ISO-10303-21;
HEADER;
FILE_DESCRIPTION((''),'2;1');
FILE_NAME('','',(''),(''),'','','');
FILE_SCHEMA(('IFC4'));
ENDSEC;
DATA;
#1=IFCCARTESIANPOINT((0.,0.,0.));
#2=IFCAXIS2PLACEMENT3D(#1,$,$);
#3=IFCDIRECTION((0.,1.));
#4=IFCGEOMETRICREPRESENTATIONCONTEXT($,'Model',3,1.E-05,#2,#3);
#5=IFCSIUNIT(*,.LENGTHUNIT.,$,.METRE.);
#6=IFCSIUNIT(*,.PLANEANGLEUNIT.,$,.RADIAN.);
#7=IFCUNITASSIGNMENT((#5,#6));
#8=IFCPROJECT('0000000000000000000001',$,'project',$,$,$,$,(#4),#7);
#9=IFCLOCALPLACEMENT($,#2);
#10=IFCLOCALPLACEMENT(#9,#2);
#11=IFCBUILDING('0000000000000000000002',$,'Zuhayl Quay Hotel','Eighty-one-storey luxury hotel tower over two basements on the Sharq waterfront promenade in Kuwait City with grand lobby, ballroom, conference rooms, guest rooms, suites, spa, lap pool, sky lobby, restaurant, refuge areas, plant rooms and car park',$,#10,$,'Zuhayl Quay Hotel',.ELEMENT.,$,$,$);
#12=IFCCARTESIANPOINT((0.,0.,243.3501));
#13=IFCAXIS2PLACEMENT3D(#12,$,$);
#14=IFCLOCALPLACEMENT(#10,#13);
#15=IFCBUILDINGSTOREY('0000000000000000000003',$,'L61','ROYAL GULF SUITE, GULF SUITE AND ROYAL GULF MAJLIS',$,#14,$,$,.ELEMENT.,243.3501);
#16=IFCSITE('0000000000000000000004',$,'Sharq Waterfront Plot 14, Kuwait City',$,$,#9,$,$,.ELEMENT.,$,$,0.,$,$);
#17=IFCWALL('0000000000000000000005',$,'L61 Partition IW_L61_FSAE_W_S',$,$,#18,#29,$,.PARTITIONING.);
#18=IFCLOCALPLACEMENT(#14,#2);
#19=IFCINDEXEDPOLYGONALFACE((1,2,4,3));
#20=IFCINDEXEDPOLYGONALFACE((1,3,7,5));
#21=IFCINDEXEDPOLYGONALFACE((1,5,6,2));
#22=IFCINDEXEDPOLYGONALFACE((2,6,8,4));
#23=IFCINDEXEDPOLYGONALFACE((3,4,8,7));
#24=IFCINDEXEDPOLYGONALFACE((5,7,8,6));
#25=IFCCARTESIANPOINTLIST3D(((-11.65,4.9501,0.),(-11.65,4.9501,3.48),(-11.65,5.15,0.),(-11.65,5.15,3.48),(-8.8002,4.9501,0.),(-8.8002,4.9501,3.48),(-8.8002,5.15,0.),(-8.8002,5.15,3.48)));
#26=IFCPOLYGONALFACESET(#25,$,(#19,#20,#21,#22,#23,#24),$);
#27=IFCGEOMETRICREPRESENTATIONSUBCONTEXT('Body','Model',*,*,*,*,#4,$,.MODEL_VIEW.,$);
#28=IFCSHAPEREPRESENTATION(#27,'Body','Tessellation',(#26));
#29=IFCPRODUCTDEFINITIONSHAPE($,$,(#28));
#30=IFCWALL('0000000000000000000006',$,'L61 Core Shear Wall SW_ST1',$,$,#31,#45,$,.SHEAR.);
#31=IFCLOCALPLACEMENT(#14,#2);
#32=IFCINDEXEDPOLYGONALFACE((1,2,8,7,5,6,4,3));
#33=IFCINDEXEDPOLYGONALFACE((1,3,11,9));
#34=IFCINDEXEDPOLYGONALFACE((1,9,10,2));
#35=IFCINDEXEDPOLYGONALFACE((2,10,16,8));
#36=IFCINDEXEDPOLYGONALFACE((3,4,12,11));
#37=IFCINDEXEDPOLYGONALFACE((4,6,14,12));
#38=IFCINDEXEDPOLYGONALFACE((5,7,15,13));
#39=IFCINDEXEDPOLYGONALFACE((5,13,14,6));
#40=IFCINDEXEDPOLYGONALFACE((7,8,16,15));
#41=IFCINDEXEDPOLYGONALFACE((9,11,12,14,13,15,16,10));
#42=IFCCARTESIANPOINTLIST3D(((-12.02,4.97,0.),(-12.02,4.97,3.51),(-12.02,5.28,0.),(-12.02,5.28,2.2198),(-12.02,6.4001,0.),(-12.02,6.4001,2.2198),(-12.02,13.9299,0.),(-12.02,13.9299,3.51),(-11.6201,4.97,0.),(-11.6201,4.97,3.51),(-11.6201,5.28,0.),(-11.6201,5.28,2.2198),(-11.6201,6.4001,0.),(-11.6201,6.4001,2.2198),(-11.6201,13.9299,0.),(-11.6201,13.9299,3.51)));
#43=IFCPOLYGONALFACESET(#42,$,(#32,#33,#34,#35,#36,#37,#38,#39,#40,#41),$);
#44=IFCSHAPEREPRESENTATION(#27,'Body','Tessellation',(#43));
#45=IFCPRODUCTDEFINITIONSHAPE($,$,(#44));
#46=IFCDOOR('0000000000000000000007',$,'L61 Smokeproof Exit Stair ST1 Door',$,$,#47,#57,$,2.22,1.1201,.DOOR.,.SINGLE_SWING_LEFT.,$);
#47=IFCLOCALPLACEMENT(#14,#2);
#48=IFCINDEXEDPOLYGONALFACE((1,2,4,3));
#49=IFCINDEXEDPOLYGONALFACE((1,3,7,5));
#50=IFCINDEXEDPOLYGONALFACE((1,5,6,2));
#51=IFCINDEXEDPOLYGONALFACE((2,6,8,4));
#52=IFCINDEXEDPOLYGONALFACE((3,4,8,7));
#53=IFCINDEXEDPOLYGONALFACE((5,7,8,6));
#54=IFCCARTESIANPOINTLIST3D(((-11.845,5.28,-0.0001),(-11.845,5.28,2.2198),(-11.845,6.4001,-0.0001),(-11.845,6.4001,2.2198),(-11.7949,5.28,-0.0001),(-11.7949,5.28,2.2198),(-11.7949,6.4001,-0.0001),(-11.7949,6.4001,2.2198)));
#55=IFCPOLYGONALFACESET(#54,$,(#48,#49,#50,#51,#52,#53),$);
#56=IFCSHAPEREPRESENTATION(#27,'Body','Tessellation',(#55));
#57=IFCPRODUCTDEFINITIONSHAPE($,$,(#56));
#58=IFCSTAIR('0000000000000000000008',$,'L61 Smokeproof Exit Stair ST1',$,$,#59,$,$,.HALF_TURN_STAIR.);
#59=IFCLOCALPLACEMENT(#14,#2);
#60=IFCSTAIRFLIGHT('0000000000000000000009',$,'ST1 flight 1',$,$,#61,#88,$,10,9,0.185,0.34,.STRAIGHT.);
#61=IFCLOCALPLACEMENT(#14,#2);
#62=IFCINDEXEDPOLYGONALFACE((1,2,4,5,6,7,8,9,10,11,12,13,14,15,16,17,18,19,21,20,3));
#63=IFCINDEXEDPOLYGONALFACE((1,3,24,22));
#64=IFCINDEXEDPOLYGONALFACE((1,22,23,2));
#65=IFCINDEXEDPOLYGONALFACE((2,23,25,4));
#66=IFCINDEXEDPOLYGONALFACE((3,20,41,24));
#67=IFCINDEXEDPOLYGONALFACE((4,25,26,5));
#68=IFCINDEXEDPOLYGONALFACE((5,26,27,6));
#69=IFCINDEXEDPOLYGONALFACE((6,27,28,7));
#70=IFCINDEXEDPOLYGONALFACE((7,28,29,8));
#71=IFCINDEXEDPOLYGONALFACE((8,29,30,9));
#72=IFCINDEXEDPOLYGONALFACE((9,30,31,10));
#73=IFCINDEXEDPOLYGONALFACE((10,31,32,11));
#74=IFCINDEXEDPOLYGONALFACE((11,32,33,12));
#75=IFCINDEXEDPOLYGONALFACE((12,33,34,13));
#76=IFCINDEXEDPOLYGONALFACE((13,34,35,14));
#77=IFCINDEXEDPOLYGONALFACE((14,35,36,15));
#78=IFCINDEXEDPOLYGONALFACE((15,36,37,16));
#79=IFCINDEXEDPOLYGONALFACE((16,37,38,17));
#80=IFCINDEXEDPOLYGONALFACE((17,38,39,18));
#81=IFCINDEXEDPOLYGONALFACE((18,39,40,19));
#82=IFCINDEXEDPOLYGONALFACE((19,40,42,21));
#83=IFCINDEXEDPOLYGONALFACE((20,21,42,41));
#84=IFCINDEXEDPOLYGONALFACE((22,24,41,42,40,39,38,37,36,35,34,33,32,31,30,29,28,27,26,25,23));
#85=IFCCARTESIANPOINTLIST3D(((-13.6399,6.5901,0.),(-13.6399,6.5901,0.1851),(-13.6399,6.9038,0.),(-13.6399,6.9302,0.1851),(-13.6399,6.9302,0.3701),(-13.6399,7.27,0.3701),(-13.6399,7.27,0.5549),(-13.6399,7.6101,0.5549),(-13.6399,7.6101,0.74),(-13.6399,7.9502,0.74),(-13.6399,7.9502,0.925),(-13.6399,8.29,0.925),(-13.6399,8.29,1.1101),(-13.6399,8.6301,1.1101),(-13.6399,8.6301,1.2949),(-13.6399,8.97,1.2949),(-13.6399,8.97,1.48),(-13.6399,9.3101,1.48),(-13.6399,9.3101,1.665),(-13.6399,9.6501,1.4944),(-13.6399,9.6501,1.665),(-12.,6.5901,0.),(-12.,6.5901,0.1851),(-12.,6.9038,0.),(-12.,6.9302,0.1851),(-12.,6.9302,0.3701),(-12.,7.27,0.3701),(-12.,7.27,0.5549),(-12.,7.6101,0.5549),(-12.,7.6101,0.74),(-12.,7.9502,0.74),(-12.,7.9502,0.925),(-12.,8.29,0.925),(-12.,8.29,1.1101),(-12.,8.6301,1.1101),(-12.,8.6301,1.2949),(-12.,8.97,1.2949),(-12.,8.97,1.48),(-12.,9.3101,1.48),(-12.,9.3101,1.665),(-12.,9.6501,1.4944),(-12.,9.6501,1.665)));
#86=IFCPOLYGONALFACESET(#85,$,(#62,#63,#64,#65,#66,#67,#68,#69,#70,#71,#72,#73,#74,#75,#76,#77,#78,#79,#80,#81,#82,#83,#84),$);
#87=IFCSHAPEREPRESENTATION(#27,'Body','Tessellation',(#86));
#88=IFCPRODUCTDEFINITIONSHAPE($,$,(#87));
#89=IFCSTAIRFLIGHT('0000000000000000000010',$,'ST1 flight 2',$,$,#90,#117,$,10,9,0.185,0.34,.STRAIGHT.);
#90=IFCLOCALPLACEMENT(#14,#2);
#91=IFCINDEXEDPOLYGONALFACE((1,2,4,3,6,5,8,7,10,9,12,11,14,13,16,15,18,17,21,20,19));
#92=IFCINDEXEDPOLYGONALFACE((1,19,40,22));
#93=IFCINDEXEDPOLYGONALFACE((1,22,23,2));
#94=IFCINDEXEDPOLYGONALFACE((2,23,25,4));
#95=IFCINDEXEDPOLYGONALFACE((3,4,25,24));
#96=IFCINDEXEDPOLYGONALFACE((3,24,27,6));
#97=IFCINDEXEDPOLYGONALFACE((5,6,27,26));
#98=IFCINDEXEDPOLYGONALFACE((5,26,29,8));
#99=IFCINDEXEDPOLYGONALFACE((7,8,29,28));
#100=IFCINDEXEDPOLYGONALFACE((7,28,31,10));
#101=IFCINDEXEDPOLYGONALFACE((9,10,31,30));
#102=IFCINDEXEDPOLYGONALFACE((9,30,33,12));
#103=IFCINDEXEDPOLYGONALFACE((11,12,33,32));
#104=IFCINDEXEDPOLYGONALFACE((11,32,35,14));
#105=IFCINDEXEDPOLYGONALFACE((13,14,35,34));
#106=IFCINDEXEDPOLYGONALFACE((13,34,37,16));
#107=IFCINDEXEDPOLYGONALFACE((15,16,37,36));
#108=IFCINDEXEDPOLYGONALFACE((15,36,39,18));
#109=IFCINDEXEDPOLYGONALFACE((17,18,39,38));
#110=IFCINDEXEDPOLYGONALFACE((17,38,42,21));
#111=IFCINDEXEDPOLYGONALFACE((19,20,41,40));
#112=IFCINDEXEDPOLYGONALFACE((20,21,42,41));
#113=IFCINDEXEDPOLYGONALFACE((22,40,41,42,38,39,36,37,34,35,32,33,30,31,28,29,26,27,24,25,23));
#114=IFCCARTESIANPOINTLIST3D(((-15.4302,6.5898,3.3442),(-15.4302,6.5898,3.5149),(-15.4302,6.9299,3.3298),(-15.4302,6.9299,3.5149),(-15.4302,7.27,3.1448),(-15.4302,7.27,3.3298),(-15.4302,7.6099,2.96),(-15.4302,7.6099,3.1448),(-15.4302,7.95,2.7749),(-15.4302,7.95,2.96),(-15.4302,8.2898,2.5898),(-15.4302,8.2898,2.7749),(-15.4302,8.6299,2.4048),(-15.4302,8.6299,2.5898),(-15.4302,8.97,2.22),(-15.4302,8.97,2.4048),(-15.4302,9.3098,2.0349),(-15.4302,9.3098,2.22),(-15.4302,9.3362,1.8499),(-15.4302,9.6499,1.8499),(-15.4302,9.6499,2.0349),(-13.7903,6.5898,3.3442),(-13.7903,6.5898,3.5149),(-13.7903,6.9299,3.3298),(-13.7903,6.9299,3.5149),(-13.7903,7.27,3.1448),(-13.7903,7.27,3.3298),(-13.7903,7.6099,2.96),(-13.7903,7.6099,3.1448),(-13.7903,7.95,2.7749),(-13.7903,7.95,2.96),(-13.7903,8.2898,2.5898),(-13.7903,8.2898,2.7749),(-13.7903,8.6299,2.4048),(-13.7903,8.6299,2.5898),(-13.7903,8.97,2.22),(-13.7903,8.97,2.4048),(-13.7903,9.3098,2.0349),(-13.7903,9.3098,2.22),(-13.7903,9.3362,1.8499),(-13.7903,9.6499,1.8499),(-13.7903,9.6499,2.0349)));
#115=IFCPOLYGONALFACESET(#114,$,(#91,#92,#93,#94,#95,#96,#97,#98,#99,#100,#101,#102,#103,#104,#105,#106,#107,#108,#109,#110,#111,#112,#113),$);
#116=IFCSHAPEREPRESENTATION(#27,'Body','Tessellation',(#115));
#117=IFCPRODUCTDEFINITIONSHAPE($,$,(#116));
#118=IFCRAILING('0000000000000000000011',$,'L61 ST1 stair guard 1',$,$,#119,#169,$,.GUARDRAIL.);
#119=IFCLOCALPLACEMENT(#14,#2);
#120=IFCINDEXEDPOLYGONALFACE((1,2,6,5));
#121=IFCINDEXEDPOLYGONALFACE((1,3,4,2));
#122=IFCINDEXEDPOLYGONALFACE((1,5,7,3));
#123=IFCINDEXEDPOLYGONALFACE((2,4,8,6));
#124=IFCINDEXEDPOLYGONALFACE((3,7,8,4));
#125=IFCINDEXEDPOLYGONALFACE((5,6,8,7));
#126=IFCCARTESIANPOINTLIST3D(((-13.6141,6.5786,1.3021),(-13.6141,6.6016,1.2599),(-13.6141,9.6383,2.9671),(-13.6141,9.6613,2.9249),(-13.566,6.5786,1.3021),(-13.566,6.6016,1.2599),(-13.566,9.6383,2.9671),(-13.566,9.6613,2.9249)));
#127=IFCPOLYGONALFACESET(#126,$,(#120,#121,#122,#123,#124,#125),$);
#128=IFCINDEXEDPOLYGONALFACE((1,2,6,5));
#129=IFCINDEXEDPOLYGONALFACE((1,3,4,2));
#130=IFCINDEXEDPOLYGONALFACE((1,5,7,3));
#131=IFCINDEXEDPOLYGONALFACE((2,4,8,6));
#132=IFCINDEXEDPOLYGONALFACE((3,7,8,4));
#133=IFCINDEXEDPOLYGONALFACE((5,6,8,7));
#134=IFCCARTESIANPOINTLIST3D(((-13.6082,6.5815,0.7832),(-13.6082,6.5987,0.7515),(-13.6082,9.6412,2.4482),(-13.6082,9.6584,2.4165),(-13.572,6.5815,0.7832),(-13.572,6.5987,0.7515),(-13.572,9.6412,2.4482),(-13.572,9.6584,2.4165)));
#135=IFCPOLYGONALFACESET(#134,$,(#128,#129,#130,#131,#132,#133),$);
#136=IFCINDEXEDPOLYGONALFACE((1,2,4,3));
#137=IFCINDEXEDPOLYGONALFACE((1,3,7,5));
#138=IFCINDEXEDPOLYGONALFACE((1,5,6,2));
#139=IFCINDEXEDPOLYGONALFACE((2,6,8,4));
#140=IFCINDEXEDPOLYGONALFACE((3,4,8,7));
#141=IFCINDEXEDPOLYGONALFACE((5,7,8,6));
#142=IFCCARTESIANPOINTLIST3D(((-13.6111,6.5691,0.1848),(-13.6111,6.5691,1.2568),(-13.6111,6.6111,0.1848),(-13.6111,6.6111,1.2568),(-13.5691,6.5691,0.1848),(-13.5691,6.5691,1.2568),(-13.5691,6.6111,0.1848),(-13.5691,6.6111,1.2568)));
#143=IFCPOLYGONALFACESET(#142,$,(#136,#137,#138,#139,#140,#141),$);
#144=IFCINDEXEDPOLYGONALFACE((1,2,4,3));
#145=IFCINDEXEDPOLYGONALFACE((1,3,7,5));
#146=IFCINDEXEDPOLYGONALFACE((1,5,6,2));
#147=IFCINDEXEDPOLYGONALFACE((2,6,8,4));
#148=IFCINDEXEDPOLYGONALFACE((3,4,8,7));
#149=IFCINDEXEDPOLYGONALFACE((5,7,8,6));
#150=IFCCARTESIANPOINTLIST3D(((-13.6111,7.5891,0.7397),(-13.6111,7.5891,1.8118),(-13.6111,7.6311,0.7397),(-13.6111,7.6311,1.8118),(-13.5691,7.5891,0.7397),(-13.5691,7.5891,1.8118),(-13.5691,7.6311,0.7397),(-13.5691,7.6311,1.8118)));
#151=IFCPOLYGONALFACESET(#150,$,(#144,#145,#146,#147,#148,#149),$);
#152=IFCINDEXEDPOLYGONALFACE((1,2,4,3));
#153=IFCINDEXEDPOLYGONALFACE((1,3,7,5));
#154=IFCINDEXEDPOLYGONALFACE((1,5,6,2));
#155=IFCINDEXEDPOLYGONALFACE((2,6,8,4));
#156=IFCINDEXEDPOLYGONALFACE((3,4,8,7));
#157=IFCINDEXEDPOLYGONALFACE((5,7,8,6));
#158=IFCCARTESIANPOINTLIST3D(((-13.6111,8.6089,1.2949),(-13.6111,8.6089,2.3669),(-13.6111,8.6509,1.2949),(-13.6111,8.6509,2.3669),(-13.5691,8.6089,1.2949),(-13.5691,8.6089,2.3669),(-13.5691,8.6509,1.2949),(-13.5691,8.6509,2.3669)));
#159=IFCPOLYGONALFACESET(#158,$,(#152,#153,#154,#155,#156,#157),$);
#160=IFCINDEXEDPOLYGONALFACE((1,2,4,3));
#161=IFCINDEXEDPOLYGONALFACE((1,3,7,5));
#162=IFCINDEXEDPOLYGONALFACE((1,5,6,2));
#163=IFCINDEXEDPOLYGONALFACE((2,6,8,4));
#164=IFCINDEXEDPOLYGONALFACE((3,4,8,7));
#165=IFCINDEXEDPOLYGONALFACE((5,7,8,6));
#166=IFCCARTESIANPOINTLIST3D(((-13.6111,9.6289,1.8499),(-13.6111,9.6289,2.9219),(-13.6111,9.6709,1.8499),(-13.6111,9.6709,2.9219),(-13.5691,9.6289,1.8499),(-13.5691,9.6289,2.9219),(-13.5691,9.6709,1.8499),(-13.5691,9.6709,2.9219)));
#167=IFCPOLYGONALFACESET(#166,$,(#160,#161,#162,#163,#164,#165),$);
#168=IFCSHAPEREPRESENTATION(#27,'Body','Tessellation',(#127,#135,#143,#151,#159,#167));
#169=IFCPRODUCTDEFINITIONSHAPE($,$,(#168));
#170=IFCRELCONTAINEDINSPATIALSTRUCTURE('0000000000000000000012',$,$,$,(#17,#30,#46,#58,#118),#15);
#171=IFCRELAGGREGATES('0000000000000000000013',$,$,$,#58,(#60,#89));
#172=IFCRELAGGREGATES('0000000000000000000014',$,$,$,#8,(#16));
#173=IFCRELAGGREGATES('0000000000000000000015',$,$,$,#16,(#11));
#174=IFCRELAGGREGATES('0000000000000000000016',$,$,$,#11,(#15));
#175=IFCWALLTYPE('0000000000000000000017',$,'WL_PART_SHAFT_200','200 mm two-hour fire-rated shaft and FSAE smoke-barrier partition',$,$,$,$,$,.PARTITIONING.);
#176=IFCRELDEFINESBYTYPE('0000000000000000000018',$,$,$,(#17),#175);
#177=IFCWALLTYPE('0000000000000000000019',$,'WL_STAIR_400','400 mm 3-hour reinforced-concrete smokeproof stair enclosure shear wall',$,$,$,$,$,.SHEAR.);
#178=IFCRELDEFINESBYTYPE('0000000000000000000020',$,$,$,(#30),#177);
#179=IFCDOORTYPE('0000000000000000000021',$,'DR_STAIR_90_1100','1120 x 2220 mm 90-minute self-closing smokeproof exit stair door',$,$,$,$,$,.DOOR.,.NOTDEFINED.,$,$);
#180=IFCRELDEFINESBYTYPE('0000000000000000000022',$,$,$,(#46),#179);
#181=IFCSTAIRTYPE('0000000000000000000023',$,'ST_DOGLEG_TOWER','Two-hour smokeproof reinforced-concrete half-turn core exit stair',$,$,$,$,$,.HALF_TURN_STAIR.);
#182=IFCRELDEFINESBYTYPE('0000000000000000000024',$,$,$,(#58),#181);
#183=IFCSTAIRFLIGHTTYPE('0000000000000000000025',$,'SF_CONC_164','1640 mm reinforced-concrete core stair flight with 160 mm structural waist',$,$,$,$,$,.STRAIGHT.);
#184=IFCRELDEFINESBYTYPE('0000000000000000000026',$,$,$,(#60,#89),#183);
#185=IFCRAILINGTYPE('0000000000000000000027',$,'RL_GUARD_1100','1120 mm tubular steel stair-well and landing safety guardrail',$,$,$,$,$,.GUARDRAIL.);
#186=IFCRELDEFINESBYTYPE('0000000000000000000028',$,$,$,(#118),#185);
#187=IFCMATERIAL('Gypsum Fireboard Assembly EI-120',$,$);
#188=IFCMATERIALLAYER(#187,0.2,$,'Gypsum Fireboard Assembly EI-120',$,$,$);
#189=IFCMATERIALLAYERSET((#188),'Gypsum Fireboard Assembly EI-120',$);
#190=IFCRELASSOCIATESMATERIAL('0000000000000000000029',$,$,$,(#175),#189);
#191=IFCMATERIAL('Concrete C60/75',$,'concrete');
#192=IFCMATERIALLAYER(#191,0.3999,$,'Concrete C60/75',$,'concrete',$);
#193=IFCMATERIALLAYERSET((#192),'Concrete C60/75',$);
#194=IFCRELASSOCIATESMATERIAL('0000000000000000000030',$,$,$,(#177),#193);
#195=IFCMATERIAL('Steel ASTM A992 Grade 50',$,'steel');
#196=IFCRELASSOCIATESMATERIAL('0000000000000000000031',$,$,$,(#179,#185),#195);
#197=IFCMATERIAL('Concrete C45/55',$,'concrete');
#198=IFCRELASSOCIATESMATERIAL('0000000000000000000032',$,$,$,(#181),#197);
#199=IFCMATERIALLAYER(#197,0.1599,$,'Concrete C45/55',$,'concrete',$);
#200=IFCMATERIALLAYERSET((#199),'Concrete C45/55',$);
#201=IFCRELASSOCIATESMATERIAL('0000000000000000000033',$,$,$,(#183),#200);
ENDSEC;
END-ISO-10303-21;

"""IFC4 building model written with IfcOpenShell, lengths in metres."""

from ifc_helpers import new_model, si_unit, direction, frame, frame_2d, origin, origin_2d, place, context, subcontext, project, spatial, polyline, rectangle, outline, extrude, material, layer, layer_set, type_object, element, fill, aggregate, save


model = new_model("IFC4")

# Units and contexts
model_context = context("Model", 3, precision=1e-05, world=origin(), true_north=direction((0.0, 1.0)))
body_context = subcontext(model_context, "Body", "Model", "MODEL_VIEW")
ifc_project = project(units=[si_unit("LENGTHUNIT", "METRE"), si_unit("PLANEANGLEUNIT", "RADIAN")], contexts=[model_context])

# Site, building, storey
site_placement = place(None, origin())
site = spatial("IfcSite", under=ifc_project, at=site_placement, Name="Sharq Waterfront Plot 14, Kuwait City", CompositionType="ELEMENT", RefElevation=0.0)
building_placement = place(site_placement, origin())
building = spatial("IfcBuilding", under=site, at=building_placement, Name="Zuhayl Quay Hotel", Description="Eighty-one-storey luxury hotel tower over two basements on the Sharq waterfront promenade in Kuwait City with grand lobby, ballroom, conference rooms, guest rooms, suites, spa, lap pool, sky lobby, restaurant, refuge areas, plant rooms and car park", LongName="Zuhayl Quay Hotel", CompositionType="ELEMENT")
storey_placement = place(building_placement, frame((0.0, 0.0, 243.3501)))
storey = spatial("IfcBuildingStorey", under=building, at=storey_placement, Name="L61", Description="ROYAL GULF SUITE, GULF SUITE AND ROYAL GULF MAJLIS", CompositionType="ELEMENT", Elevation=243.3501)

# Shared definitions
ifc_material_1 = material(Name="Concrete C60/75", Category="concrete")

# Wall
ifc_material_2 = material(Name="Gypsum Fireboard Assembly EI-120")
ifc_layer_1 = layer(ifc_material_2, 0.2, Name="Gypsum Fireboard Assembly EI-120")
ifc_layer_set_1 = layer_set([ifc_layer_1], Name="Gypsum Fireboard Assembly EI-120")
wall_type_1 = type_object("IfcWallType", Name="WL_PART_SHAFT_200", Description="200 mm two-hour fire-rated shaft and FSAE smoke-barrier partition", PredefinedType="PARTITIONING", material=ifc_layer_set_1)
wall_1_placement = place(storey_placement, frame((-11.6499, 5.05, 0.0), z_axis=(0.0, 0.0, 1.0), x_axis=(1.0, 0.0, 0.0)))
element("IfcWall", 1, at=wall_1_placement, inside=storey, type_object=wall_type_1, Name="L61 Partition IW_L61_FSAE_W_S", PredefinedType="PARTITIONING", context=body_context, shape_type="SweptSolid", body=[
    extrude(rectangle(XDim=2.8499, YDim=0.2, at=frame_2d((1.4248, 0.0))), origin(), (0.0, 0.0, 1.0), 3.48),
])

# Wall, opening, door
ifc_layer_2 = layer(ifc_material_1, 0.3999, Name="Concrete C60/75", Category="concrete")
ifc_layer_set_2 = layer_set([ifc_layer_2], Name="Concrete C60/75")
wall_type_2 = type_object("IfcWallType", Name="WL_STAIR_400", Description="400 mm 3-hour reinforced-concrete smokeproof stair enclosure shear wall", PredefinedType="SHEAR", material=ifc_layer_set_2)
wall_2_placement = place(storey_placement, frame((-11.8201, 4.97, 0.0), z_axis=(0.0, 0.0, 1.0), x_axis=(0.0, 1.0, 0.0)))
wall_2 = element("IfcWall", 2, at=wall_2_placement, inside=storey, type_object=wall_type_2, Name="L61 Core Shear Wall SW_ST1", PredefinedType="SHEAR", context=body_context, shape_type="SweptSolid", body=[
    extrude(rectangle(XDim=8.96, YDim=0.3999, at=frame_2d((4.48, 0.0))), origin(), (0.0, 0.0, 1.0), 3.51),
])
opening_1_placement = place(wall_2_placement, frame((0.3101, 0.0, 0.0)))
opening_1 = element("IfcOpeningElement", 3, at=opening_1_placement, cuts=wall_2, PredefinedType="OPENING", context=body_context, shape_type="SweptSolid", body=[
    extrude(rectangle(XDim=1.1201, YDim=2.22, at=frame_2d((0.5601, 1.1099))), frame((0.0, 0.21, 0.0), z_axis=(0.0, -1.0, 0.0), x_axis=(1.0, 0.0, 0.0)), (0.0, 0.0, 1.0), 0.4199),
])
ifc_material_3 = material(Name="Steel ASTM A992 Grade 50", Category="steel")
door_type_1 = type_object("IfcDoorType", Name="DR_STAIR_90_1100", Description="1120 x 2220 mm 90-minute self-closing smokeproof exit stair door", OperationType="NOTDEFINED", PredefinedType="DOOR", material=ifc_material_3)
door_1_placement = place(opening_1_placement, origin())
door_1 = element("IfcDoor", 4, at=door_1_placement, inside=storey, type_object=door_type_1, Name="L61 Smokeproof Exit Stair ST1 Door", OperationType="SINGLE_SWING_LEFT", OverallHeight=2.22, OverallWidth=1.1201, PredefinedType="DOOR", context=body_context, shape_type="SweptSolid", body=[
    extrude(rectangle(XDim=1.1201, YDim=2.22, at=frame_2d((0.5601, 1.1099))), frame((0.0, 0.0249, 0.0), z_axis=(0.0, -1.0, 0.0), x_axis=(1.0, 0.0, 0.0)), (0.0, 0.0, 1.0), 0.05),
])
fill(opening_1, door_1)

# Stair, stair flights
ifc_material_4 = material(Name="Concrete C45/55", Category="concrete")
stair_type = type_object("IfcStairType", Name="ST_DOGLEG_TOWER", Description="Two-hour smokeproof reinforced-concrete half-turn core exit stair", PredefinedType="HALF_TURN_STAIR", material=ifc_material_4)
stair_placement = place(storey_placement, origin())
stair = element("IfcStair", 5, at=stair_placement, inside=storey, type_object=stair_type, Name="L61 Smokeproof Exit Stair ST1", PredefinedType="HALF_TURN_STAIR")
ifc_layer_3 = layer(ifc_material_4, 0.1599, Name="Concrete C45/55", Category="concrete")
ifc_layer_set_3 = layer_set([ifc_layer_3], Name="Concrete C45/55")
stair_flight_type = type_object("IfcStairFlightType", Name="SF_CONC_164", Description="1640 mm reinforced-concrete core stair flight with 160 mm structural waist", PredefinedType="STRAIGHT", material=ifc_layer_set_3)
stair_flight_1_placement = place(storey_placement, frame((-12.8201, 6.5901, 0.0), z_axis=(0.0, 0.0, 1.0), x_axis=(0.0, 1.0, 0.0)))
stair_flight_1 = element("IfcStairFlight", 6, at=stair_flight_1_placement, type_object=stair_flight_type, Name="ST1 flight 1", NumberOfRisers=10, NumberOfTreads=9, PredefinedType="STRAIGHT", RiserHeight=0.185, TreadLength=0.34, context=body_context, shape_type="SweptSolid", body=[
    extrude(outline(polyline([(0.0, 0.0), (0.0, 0.1851), (0.3401, 0.1851), (0.3401, 0.3701), (0.6799, 0.3701), (0.6799, 0.5549), (1.02, 0.5549), (1.02, 0.74), (1.3601, 0.74), (1.3601, 0.925), (1.7, 0.925), (1.7, 1.1101), (2.04, 1.1101), (2.04, 1.2949), (2.3799, 1.2949), (2.3799, 1.48), (2.72, 1.48), (2.72, 1.665), (3.0601, 1.665), (3.0601, 1.8501), (3.0601, 1.4944), (0.3137, 0.0), (0.0, 0.0)])), frame((0.0, 0.8198, 0.0), z_axis=(0.0, -1.0, 0.0), x_axis=(1.0, 0.0, 0.0)), (0.0, 0.0, 1.0), 1.6399),
])
stair_flight_2_placement = place(storey_placement, frame((-14.6101, 9.6499, 1.8499), z_axis=(0.0, 0.0, 1.0), x_axis=(0.0, -1.0, 0.0)))
stair_flight_2 = element("IfcStairFlight", 7, at=stair_flight_2_placement, type_object=stair_flight_type, Name="ST1 flight 2", NumberOfRisers=10, NumberOfTreads=9, PredefinedType="STRAIGHT", RiserHeight=0.185, TreadLength=0.34, context=body_context, shape_type="SweptSolid", body=[
    extrude(outline(polyline([(0.0, 0.0), (0.0, 0.1851), (0.3401, 0.1851), (0.3401, 0.3701), (0.6799, 0.3701), (0.6799, 0.5549), (1.02, 0.5549), (1.02, 0.74), (1.3601, 0.74), (1.3601, 0.925), (1.7, 0.925), (1.7, 1.1101), (2.04, 1.1101), (2.04, 1.2949), (2.3799, 1.2949), (2.3799, 1.48), (2.72, 1.48), (2.72, 1.665), (3.0601, 1.665), (3.0601, 1.8501), (3.0601, 1.4944), (0.3137, 0.0), (0.0, 0.0)])), frame((0.0, 0.8198, 0.0), z_axis=(0.0, -1.0, 0.0), x_axis=(1.0, 0.0, 0.0)), (0.0, 0.0, 1.0), 1.6399),
])
aggregate(stair, [stair_flight_1, stair_flight_2])

# Railing
railing_type_1 = type_object("IfcRailingType", Name="RL_GUARD_1100", Description="1120 mm tubular steel stair-well and landing safety guardrail", PredefinedType="GUARDRAIL", material=ifc_material_3)
railing_1_placement = place(storey_placement, frame((-13.5901, 6.5901, 0.1848)))
element("IfcRailing", 8, at=railing_1_placement, inside=storey, type_object=railing_type_1, Name="L61 ST1 stair guard 1", PredefinedType="GUARDRAIL", context=body_context, shape_type="SweptSolid", body=[
    extrude(rectangle(XDim=0.0481, YDim=0.0481, at=origin_2d()), frame((0.0, 0.0, 1.0962), z_axis=(0.0, 0.878372, 0.477978), x_axis=(-1.0, 0.0, 0.0)), (0.0, 0.0, 1.0), 3.4834),
    extrude(rectangle(XDim=0.0361, YDim=0.0361, at=origin_2d()), frame((0.0, 0.0, 0.5825), z_axis=(0.0, 0.878372, 0.477978), x_axis=(-1.0, 0.0, 0.0)), (0.0, 0.0, 1.0), 3.4834),
    extrude(rectangle(XDim=0.042, YDim=0.042, at=origin_2d()), origin(), (0.0, 0.0, 1.0), 1.072),
    extrude(rectangle(XDim=0.042, YDim=0.042, at=origin_2d()), frame((0.0, 1.02, 0.5549)), (0.0, 0.0, 1.0), 1.072),
    extrude(rectangle(XDim=0.042, YDim=0.042, at=origin_2d()), frame((0.0, 2.0398, 1.1101)), (0.0, 0.0, 1.0), 1.072),
    extrude(rectangle(XDim=0.042, YDim=0.042, at=origin_2d()), frame((0.0, 3.0598, 1.665)), (0.0, 0.0, 1.0), 1.072),
])

save(model, "model.ifc")
